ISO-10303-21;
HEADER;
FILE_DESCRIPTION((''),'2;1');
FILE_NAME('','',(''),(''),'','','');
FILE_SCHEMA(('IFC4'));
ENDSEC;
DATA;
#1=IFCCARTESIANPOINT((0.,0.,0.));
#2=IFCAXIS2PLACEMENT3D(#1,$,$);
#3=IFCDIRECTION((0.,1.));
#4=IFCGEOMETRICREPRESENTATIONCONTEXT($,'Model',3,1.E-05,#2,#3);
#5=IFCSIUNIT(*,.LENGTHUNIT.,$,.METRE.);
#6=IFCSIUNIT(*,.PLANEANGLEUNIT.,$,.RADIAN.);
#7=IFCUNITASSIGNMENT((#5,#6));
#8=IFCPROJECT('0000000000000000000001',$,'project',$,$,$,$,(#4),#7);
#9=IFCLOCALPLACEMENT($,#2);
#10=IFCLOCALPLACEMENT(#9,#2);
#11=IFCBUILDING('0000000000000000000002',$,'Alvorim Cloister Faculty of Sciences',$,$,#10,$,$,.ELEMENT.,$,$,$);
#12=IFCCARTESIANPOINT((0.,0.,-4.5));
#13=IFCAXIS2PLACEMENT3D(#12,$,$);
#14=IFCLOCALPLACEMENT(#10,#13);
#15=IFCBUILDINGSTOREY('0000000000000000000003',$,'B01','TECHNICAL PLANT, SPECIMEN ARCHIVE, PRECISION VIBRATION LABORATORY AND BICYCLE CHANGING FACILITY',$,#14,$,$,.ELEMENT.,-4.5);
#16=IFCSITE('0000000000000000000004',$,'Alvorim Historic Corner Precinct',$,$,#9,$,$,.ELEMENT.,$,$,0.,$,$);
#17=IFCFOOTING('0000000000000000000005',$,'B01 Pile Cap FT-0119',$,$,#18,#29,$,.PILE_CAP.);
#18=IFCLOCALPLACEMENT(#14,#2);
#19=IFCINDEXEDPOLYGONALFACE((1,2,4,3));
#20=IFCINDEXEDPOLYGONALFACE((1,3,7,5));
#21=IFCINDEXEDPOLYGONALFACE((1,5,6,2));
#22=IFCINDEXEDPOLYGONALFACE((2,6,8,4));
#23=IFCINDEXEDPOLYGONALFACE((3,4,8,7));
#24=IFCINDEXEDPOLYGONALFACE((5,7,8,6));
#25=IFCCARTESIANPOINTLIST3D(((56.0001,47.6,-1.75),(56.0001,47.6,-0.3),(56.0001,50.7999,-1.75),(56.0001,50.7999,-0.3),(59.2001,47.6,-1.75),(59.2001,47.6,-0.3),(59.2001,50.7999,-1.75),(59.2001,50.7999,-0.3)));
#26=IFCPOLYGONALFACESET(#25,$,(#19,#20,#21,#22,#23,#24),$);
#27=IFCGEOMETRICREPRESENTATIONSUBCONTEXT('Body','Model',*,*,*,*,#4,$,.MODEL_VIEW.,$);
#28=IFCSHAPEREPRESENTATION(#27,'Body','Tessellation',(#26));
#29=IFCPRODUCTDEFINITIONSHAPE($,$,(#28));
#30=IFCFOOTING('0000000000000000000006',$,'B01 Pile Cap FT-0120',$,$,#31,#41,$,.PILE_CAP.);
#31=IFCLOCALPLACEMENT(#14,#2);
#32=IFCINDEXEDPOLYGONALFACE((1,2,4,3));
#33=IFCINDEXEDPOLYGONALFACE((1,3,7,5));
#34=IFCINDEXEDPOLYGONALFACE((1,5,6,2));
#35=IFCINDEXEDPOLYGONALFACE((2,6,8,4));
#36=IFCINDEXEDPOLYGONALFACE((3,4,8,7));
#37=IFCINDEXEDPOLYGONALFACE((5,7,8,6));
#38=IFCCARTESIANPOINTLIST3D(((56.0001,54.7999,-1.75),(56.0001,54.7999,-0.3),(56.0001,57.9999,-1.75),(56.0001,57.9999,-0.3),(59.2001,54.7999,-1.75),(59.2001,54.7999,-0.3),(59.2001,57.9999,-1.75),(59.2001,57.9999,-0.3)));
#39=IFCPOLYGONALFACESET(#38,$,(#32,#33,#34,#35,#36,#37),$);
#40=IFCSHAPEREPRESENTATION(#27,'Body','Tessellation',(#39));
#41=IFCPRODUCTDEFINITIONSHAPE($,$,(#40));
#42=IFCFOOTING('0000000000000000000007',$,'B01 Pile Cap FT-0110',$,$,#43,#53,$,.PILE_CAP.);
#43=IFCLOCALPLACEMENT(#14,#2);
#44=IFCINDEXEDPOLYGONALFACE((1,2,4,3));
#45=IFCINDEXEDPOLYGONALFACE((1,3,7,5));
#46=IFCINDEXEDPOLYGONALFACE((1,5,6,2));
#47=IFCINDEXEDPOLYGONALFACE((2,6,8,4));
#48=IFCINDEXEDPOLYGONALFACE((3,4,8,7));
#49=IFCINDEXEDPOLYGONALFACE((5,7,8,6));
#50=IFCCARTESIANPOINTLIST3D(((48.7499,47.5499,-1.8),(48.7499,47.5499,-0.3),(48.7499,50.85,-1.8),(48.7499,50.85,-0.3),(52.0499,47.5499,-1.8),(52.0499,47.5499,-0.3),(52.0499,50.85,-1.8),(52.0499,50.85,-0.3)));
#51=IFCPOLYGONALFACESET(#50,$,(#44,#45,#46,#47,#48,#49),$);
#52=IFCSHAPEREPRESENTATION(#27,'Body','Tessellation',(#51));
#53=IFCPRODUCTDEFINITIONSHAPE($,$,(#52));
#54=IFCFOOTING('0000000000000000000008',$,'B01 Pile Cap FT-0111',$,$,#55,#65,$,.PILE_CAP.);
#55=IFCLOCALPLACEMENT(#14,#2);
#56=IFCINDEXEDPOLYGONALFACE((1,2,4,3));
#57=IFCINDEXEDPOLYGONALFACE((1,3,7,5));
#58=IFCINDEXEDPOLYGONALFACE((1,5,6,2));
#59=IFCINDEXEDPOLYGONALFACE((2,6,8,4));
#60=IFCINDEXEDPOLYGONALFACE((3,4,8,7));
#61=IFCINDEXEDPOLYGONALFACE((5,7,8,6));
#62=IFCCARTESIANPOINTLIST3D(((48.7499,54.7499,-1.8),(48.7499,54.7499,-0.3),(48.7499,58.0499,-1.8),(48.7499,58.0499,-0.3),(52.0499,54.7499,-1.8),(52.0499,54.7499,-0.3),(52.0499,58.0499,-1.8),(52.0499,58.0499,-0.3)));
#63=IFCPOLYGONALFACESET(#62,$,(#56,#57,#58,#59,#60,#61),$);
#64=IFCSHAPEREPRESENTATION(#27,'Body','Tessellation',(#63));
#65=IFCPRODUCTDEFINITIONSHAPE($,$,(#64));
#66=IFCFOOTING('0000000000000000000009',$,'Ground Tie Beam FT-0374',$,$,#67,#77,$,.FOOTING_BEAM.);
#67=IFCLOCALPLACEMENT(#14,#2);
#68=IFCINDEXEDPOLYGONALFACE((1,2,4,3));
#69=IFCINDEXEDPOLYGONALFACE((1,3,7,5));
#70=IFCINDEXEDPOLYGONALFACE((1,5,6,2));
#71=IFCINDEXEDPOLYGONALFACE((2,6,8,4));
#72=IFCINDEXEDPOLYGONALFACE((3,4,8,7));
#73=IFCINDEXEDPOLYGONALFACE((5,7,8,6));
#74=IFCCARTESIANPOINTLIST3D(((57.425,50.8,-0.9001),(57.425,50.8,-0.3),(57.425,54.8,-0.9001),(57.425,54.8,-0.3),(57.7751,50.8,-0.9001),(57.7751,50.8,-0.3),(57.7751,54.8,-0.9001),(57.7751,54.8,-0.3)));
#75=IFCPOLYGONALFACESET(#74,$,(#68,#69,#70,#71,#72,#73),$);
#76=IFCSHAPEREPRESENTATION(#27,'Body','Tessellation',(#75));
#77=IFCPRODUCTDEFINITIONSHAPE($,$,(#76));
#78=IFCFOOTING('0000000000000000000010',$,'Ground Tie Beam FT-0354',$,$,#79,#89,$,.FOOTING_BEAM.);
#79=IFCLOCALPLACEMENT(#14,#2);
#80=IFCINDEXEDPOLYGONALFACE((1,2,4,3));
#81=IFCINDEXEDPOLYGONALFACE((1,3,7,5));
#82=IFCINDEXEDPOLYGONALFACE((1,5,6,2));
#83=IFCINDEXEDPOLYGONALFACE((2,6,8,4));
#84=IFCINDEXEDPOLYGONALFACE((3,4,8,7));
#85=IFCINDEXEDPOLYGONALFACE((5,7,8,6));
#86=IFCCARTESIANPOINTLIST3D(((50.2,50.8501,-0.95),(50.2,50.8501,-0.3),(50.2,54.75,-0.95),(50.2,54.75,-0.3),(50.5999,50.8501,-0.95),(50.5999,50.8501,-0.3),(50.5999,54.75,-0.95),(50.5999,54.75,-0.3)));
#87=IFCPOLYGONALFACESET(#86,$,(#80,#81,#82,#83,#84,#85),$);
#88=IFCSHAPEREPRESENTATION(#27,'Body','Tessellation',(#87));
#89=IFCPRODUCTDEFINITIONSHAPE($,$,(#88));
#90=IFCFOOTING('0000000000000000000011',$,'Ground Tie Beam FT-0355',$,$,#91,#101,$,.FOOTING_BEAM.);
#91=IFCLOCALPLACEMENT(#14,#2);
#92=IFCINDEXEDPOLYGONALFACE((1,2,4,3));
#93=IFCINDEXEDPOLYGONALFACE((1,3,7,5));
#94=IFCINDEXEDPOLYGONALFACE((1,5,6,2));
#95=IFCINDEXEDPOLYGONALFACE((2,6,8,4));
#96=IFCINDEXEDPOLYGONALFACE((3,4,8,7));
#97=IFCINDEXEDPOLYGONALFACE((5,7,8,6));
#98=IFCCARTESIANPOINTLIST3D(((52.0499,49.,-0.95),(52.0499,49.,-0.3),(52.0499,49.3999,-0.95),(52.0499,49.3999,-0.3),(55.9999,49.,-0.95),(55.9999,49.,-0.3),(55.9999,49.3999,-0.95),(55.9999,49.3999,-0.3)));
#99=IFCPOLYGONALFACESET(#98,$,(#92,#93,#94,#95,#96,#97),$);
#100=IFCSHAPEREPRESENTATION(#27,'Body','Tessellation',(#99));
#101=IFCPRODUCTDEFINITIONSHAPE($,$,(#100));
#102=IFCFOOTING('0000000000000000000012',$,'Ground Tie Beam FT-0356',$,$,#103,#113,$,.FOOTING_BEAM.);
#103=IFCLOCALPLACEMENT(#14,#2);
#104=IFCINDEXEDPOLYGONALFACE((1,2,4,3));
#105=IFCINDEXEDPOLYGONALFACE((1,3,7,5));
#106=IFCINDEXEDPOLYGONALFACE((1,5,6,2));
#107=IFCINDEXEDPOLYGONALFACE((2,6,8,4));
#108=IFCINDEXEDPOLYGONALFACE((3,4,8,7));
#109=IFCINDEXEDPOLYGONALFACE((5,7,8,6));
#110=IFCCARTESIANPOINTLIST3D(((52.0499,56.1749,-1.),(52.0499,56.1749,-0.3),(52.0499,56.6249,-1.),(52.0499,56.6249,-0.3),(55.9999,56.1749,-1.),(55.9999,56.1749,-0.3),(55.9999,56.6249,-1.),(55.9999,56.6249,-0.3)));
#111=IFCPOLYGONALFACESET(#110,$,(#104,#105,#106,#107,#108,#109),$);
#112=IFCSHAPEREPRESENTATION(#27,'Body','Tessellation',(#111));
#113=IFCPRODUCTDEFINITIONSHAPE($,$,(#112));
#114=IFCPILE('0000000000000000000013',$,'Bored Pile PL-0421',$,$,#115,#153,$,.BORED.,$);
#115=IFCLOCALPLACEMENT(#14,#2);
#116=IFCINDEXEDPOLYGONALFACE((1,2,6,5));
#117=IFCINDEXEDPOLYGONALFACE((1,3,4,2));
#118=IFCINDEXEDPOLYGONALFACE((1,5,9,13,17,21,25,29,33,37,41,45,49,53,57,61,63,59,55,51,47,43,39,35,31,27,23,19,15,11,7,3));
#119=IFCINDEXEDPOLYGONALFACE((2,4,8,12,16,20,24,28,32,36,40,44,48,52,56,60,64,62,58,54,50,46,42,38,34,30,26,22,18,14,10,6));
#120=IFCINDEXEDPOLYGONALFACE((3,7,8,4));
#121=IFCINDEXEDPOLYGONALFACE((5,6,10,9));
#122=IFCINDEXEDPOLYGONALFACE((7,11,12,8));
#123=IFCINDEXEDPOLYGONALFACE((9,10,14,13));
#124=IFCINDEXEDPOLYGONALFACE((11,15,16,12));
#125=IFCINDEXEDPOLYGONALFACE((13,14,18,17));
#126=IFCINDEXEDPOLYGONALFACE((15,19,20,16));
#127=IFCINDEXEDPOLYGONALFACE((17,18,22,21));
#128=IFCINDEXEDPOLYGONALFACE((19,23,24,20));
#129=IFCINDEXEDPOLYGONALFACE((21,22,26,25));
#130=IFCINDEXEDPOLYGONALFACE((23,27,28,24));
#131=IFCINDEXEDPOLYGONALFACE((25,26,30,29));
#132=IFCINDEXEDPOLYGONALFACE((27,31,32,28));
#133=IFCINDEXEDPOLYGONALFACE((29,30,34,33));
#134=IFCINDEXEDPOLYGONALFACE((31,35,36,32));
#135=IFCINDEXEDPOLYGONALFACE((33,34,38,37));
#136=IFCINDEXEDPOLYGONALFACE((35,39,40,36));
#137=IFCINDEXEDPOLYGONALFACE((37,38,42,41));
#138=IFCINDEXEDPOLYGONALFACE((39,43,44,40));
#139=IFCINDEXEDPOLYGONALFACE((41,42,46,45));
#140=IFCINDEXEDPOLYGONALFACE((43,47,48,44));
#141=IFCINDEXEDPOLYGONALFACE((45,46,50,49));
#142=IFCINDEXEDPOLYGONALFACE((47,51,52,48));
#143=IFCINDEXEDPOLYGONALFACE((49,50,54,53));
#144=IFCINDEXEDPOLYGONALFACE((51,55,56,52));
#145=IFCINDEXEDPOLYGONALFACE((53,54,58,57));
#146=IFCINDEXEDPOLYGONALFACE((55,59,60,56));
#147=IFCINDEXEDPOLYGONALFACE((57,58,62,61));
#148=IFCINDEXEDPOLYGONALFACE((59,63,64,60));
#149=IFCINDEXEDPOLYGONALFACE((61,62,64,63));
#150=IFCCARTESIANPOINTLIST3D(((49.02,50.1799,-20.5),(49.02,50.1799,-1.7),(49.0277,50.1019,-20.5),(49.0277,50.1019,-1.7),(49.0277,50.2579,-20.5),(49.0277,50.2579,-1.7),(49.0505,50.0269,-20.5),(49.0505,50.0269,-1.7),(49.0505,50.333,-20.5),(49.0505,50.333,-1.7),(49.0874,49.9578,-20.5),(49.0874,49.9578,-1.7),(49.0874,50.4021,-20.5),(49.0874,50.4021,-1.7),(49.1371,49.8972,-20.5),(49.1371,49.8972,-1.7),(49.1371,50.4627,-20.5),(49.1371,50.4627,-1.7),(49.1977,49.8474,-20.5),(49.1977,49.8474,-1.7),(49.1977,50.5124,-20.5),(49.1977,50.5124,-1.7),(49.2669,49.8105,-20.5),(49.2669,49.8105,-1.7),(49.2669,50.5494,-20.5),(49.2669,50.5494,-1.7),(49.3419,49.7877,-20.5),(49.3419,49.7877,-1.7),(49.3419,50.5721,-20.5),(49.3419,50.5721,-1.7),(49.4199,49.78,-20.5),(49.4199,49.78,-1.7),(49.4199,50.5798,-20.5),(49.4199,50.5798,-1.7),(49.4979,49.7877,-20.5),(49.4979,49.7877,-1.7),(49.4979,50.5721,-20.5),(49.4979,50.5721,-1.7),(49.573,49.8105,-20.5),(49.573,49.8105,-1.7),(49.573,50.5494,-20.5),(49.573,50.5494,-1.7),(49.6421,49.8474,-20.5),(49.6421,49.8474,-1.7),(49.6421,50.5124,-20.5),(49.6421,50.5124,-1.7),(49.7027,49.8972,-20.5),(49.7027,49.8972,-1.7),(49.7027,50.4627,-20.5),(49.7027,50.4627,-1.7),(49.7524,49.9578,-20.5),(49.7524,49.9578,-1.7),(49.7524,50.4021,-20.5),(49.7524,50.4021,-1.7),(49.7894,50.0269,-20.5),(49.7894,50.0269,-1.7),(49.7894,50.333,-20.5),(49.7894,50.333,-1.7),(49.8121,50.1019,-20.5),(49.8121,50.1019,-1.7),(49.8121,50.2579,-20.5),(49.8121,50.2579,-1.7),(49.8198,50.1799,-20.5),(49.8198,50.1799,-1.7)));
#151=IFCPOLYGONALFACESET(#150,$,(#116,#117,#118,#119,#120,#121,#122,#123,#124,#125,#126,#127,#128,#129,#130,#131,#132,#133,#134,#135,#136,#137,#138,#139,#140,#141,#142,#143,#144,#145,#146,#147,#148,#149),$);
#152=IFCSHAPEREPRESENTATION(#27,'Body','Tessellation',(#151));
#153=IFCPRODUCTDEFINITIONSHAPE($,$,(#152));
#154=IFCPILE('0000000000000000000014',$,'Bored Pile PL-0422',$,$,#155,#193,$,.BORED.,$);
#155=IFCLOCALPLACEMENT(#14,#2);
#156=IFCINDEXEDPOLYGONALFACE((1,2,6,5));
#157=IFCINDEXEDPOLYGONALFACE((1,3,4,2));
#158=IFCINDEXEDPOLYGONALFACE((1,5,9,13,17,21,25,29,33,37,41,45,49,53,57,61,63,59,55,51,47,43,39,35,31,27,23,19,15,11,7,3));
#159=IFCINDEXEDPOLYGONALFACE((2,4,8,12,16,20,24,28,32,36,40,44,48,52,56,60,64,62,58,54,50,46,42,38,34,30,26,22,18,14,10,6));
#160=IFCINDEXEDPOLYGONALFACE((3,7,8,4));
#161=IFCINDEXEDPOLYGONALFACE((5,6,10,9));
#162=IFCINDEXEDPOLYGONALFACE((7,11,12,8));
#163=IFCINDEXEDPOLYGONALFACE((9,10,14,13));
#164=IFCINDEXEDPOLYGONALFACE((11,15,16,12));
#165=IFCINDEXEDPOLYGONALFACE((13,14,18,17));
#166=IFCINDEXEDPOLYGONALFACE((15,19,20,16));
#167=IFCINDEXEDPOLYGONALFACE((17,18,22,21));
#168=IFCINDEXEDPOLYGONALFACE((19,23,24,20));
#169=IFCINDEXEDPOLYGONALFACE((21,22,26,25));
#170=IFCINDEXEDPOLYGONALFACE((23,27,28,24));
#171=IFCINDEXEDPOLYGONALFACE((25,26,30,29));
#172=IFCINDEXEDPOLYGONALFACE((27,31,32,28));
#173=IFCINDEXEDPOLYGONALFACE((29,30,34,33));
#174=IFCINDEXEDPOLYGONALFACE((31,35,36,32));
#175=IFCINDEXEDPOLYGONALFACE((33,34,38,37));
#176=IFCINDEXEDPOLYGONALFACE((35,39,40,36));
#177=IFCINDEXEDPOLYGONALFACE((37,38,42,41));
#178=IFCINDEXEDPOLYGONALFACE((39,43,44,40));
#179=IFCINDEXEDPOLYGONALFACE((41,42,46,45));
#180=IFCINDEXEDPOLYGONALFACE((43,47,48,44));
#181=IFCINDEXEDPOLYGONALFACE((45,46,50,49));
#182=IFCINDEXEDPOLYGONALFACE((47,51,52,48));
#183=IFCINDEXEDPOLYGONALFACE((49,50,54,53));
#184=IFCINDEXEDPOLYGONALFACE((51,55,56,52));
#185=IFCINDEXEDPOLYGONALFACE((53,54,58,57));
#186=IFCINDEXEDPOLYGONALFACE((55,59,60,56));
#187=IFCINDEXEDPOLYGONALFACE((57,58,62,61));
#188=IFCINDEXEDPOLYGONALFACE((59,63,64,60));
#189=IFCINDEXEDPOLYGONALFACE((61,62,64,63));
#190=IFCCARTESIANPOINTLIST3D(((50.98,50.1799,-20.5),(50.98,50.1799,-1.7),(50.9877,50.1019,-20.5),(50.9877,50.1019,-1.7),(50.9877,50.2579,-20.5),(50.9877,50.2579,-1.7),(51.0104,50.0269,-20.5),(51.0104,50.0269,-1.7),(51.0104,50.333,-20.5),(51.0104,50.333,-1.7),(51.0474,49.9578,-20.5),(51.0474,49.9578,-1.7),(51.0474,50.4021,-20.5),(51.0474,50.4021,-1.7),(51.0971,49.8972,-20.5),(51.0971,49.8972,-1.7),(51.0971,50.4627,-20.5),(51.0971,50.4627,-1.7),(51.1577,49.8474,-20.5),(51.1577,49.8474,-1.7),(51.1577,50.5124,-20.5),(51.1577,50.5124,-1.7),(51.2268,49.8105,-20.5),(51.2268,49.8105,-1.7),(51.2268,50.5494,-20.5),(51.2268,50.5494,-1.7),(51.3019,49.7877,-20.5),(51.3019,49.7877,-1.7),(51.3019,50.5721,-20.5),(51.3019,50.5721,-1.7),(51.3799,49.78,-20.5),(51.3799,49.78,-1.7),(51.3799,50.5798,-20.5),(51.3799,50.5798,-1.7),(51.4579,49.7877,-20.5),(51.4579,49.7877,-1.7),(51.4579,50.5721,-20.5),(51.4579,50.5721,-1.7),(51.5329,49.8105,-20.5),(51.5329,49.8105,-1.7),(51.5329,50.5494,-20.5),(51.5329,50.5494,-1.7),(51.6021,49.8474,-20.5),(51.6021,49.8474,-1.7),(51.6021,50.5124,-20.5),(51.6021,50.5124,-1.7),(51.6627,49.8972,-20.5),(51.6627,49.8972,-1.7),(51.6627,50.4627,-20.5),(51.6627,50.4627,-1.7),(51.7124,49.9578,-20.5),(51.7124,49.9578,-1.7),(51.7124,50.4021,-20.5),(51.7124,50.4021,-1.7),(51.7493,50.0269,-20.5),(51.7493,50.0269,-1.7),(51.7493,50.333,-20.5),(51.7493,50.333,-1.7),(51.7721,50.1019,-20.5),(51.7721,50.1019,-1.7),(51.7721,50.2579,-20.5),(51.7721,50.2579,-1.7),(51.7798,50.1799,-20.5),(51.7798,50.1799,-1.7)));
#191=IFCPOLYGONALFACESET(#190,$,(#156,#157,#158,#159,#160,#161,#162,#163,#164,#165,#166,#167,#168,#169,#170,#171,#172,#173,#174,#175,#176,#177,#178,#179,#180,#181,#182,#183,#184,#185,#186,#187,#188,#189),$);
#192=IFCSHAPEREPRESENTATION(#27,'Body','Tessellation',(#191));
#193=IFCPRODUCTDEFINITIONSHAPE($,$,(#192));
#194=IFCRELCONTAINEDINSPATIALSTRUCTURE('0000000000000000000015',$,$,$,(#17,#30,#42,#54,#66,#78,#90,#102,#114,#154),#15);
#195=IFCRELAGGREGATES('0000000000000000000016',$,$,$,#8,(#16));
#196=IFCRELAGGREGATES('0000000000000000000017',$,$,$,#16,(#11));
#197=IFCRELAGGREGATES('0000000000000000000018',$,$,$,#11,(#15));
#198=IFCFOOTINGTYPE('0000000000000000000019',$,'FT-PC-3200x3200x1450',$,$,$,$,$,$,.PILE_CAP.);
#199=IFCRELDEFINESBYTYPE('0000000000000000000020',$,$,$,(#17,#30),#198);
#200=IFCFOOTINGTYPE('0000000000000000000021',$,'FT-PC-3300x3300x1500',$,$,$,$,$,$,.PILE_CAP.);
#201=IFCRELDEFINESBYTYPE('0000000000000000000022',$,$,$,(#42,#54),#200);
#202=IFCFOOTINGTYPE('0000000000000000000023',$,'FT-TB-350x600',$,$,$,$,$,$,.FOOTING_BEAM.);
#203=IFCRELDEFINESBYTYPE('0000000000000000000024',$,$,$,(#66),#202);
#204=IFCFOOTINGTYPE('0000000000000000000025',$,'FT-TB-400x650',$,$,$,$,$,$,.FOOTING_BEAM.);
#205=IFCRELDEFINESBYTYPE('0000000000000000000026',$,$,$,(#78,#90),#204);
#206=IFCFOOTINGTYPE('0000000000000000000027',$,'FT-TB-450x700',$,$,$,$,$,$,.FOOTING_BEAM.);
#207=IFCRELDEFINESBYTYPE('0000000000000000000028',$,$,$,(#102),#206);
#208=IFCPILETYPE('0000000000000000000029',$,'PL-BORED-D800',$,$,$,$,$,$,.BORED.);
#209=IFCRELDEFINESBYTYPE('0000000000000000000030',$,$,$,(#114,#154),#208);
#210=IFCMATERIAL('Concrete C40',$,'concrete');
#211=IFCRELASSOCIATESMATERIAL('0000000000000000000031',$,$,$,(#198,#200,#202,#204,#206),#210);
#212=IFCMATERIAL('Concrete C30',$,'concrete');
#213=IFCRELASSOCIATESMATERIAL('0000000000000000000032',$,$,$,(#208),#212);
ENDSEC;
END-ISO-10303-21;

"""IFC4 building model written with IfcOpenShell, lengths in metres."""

from ifc_helpers import new_model, si_unit, direction, frame, origin, origin_2d, place, context, subcontext, project, spatial, rectangle, circle, extrude, material, material_profile, profile_set, type_object, element, save


model = new_model("IFC4")

# Units and contexts
model_context = context("Model", 3, precision=1e-05, world=origin(), true_north=direction((0.0, 1.0)))
body_context = subcontext(model_context, "Body", "Model", "MODEL_VIEW")
ifc_project = project(units=[si_unit("LENGTHUNIT", "METRE"), si_unit("PLANEANGLEUNIT", "RADIAN")], contexts=[model_context])

# Site, building, storey
site_placement = place(None, origin())
site = spatial("IfcSite", under=ifc_project, at=site_placement, Name="Alvorim Historic Corner Precinct", CompositionType="ELEMENT", RefElevation=0.0)
building_placement = place(site_placement, origin())
building = spatial("IfcBuilding", under=site, at=building_placement, Name="Alvorim Cloister Faculty of Sciences", CompositionType="ELEMENT")
storey_placement = place(building_placement, frame((0.0, 0.0, -4.5)))
storey = spatial("IfcBuildingStorey", under=building, at=storey_placement, Name="B01", Description="TECHNICAL PLANT, SPECIMEN ARCHIVE, PRECISION VIBRATION LABORATORY AND BICYCLE CHANGING FACILITY", CompositionType="ELEMENT", Elevation=-4.5)

# Footings
ifc_material_1 = material(Name="Concrete C40", Category="concrete")
footing_type_1 = type_object("IfcFootingType", Name="FT-PC-3200x3200x1450", PredefinedType="PILE_CAP", material=ifc_material_1)
for number, where, z_axis, x_axis, name in (
    (1, (57.6001, 49.2, -1.75), (0.0, 0.0, 1.0), (1.0, 0.0, 0.0), "B01 Pile Cap FT-0119"),
    (2, (57.6001, 56.3999, -1.75), (0.0, 0.0, 1.0), (1.0, 0.0, 0.0), "B01 Pile Cap FT-0120"),
):
    element("IfcFooting", number, at=place(storey_placement, frame(where, z_axis=z_axis, x_axis=x_axis)), inside=storey, type_object=footing_type_1, Name=name, PredefinedType="PILE_CAP", context=body_context, shape_type="SweptSolid", body=[
        extrude(rectangle(XDim=3.2, YDim=3.2, at=origin_2d()), origin(), (0.0, 0.0, 1.0), 1.45),
    ])
footing_type_2 = type_object("IfcFootingType", Name="FT-PC-3300x3300x1500", PredefinedType="PILE_CAP", material=ifc_material_1)
for number, where, z_axis, x_axis, name in (
    (3, (50.3999, 49.2, -1.8), (0.0, 0.0, 1.0), (1.0, 0.0, 0.0), "B01 Pile Cap FT-0110"),
    (4, (50.3999, 56.3999, -1.8), (0.0, 0.0, 1.0), (1.0, 0.0, 0.0), "B01 Pile Cap FT-0111"),
):
    element("IfcFooting", number, at=place(storey_placement, frame(where, z_axis=z_axis, x_axis=x_axis)), inside=storey, type_object=footing_type_2, Name=name, PredefinedType="PILE_CAP", context=body_context, shape_type="SweptSolid", body=[
        extrude(rectangle(XDim=3.3, YDim=3.3, at=origin_2d()), origin(), (0.0, 0.0, 1.0), 1.5),
    ])
footing_type_3 = type_object("IfcFootingType", Name="FT-TB-350x600", PredefinedType="FOOTING_BEAM", material=ifc_material_1)
footing_1_placement = place(storey_placement, frame((57.6001, 52.8, -0.9001), z_axis=(0.0, 0.0, 1.0), x_axis=(1.0, 0.0, 0.0)))
element("IfcFooting", 5, at=footing_1_placement, inside=storey, type_object=footing_type_3, Name="Ground Tie Beam FT-0374", PredefinedType="FOOTING_BEAM", context=body_context, shape_type="SweptSolid", body=[
    extrude(rectangle(XDim=0.3501, YDim=4.0, at=origin_2d()), origin(), (0.0, 0.0, 1.0), 0.6001),
])
footing_type_4 = type_object("IfcFootingType", Name="FT-TB-400x650", PredefinedType="FOOTING_BEAM", material=ifc_material_1)
footing_2_placement = place(storey_placement, frame((50.3999, 52.8, -0.95), z_axis=(0.0, 0.0, 1.0), x_axis=(1.0, 0.0, 0.0)))
element("IfcFooting", 6, at=footing_2_placement, inside=storey, type_object=footing_type_4, Name="Ground Tie Beam FT-0354", PredefinedType="FOOTING_BEAM", context=body_context, shape_type="SweptSolid", body=[
    extrude(rectangle(XDim=0.3999, YDim=3.8999, at=origin_2d()), origin(), (0.0, 0.0, 1.0), 0.6499),
])
footing_3_placement = place(storey_placement, frame((54.0249, 49.2, -0.95), z_axis=(0.0, 0.0, 1.0), x_axis=(1.0, 0.0, 0.0)))
element("IfcFooting", 7, at=footing_3_placement, inside=storey, type_object=footing_type_4, Name="Ground Tie Beam FT-0355", PredefinedType="FOOTING_BEAM", context=body_context, shape_type="SweptSolid", body=[
    extrude(rectangle(XDim=3.95, YDim=0.3999, at=origin_2d()), origin(), (0.0, 0.0, 1.0), 0.6499),
])
footing_type_5 = type_object("IfcFootingType", Name="FT-TB-450x700", PredefinedType="FOOTING_BEAM", material=ifc_material_1)
footing_4_placement = place(storey_placement, frame((54.0249, 56.3999, -1.0), z_axis=(0.0, 0.0, 1.0), x_axis=(1.0, 0.0, 0.0)))
element("IfcFooting", 8, at=footing_4_placement, inside=storey, type_object=footing_type_5, Name="Ground Tie Beam FT-0356", PredefinedType="FOOTING_BEAM", context=body_context, shape_type="SweptSolid", body=[
    extrude(rectangle(XDim=3.95, YDim=0.45, at=origin_2d()), origin(), (0.0, 0.0, 1.0), 0.7),
])

# Piles
ifc_material_2 = material(Name="Concrete C30", Category="concrete")
ifc_material_profile_1 = material_profile(ifc_material_2, circle(Radius=0.3999, at=origin_2d()), Name="PILE-D800")
ifc_profile_set_1 = profile_set([ifc_material_profile_1], Name="Concrete C30")
pile_type = type_object("IfcPileType", Name="PL-BORED-D800", PredefinedType="BORED", material=ifc_profile_set_1)
for number, where, z_axis, x_axis, name in (
    (9, (49.4199, 50.1799, -1.7), (0.0, 0.0, -1.0), (1.0, 0.0, 0.0), "Bored Pile PL-0421"),
    (10, (51.3799, 50.1799, -1.7), (0.0, 0.0, -1.0), (1.0, 0.0, 0.0), "Bored Pile PL-0422"),
):
    element("IfcPile", number, at=place(storey_placement, frame(where, z_axis=z_axis, x_axis=x_axis)), inside=storey, type_object=pile_type, Name=name, PredefinedType="BORED", context=body_context, shape_type="SweptSolid", body=[
        extrude(circle(Radius=0.3999, at=origin_2d()), origin(), (0.0, 0.0, 1.0), 18.8),
    ])

save(model, "model.ifc")
